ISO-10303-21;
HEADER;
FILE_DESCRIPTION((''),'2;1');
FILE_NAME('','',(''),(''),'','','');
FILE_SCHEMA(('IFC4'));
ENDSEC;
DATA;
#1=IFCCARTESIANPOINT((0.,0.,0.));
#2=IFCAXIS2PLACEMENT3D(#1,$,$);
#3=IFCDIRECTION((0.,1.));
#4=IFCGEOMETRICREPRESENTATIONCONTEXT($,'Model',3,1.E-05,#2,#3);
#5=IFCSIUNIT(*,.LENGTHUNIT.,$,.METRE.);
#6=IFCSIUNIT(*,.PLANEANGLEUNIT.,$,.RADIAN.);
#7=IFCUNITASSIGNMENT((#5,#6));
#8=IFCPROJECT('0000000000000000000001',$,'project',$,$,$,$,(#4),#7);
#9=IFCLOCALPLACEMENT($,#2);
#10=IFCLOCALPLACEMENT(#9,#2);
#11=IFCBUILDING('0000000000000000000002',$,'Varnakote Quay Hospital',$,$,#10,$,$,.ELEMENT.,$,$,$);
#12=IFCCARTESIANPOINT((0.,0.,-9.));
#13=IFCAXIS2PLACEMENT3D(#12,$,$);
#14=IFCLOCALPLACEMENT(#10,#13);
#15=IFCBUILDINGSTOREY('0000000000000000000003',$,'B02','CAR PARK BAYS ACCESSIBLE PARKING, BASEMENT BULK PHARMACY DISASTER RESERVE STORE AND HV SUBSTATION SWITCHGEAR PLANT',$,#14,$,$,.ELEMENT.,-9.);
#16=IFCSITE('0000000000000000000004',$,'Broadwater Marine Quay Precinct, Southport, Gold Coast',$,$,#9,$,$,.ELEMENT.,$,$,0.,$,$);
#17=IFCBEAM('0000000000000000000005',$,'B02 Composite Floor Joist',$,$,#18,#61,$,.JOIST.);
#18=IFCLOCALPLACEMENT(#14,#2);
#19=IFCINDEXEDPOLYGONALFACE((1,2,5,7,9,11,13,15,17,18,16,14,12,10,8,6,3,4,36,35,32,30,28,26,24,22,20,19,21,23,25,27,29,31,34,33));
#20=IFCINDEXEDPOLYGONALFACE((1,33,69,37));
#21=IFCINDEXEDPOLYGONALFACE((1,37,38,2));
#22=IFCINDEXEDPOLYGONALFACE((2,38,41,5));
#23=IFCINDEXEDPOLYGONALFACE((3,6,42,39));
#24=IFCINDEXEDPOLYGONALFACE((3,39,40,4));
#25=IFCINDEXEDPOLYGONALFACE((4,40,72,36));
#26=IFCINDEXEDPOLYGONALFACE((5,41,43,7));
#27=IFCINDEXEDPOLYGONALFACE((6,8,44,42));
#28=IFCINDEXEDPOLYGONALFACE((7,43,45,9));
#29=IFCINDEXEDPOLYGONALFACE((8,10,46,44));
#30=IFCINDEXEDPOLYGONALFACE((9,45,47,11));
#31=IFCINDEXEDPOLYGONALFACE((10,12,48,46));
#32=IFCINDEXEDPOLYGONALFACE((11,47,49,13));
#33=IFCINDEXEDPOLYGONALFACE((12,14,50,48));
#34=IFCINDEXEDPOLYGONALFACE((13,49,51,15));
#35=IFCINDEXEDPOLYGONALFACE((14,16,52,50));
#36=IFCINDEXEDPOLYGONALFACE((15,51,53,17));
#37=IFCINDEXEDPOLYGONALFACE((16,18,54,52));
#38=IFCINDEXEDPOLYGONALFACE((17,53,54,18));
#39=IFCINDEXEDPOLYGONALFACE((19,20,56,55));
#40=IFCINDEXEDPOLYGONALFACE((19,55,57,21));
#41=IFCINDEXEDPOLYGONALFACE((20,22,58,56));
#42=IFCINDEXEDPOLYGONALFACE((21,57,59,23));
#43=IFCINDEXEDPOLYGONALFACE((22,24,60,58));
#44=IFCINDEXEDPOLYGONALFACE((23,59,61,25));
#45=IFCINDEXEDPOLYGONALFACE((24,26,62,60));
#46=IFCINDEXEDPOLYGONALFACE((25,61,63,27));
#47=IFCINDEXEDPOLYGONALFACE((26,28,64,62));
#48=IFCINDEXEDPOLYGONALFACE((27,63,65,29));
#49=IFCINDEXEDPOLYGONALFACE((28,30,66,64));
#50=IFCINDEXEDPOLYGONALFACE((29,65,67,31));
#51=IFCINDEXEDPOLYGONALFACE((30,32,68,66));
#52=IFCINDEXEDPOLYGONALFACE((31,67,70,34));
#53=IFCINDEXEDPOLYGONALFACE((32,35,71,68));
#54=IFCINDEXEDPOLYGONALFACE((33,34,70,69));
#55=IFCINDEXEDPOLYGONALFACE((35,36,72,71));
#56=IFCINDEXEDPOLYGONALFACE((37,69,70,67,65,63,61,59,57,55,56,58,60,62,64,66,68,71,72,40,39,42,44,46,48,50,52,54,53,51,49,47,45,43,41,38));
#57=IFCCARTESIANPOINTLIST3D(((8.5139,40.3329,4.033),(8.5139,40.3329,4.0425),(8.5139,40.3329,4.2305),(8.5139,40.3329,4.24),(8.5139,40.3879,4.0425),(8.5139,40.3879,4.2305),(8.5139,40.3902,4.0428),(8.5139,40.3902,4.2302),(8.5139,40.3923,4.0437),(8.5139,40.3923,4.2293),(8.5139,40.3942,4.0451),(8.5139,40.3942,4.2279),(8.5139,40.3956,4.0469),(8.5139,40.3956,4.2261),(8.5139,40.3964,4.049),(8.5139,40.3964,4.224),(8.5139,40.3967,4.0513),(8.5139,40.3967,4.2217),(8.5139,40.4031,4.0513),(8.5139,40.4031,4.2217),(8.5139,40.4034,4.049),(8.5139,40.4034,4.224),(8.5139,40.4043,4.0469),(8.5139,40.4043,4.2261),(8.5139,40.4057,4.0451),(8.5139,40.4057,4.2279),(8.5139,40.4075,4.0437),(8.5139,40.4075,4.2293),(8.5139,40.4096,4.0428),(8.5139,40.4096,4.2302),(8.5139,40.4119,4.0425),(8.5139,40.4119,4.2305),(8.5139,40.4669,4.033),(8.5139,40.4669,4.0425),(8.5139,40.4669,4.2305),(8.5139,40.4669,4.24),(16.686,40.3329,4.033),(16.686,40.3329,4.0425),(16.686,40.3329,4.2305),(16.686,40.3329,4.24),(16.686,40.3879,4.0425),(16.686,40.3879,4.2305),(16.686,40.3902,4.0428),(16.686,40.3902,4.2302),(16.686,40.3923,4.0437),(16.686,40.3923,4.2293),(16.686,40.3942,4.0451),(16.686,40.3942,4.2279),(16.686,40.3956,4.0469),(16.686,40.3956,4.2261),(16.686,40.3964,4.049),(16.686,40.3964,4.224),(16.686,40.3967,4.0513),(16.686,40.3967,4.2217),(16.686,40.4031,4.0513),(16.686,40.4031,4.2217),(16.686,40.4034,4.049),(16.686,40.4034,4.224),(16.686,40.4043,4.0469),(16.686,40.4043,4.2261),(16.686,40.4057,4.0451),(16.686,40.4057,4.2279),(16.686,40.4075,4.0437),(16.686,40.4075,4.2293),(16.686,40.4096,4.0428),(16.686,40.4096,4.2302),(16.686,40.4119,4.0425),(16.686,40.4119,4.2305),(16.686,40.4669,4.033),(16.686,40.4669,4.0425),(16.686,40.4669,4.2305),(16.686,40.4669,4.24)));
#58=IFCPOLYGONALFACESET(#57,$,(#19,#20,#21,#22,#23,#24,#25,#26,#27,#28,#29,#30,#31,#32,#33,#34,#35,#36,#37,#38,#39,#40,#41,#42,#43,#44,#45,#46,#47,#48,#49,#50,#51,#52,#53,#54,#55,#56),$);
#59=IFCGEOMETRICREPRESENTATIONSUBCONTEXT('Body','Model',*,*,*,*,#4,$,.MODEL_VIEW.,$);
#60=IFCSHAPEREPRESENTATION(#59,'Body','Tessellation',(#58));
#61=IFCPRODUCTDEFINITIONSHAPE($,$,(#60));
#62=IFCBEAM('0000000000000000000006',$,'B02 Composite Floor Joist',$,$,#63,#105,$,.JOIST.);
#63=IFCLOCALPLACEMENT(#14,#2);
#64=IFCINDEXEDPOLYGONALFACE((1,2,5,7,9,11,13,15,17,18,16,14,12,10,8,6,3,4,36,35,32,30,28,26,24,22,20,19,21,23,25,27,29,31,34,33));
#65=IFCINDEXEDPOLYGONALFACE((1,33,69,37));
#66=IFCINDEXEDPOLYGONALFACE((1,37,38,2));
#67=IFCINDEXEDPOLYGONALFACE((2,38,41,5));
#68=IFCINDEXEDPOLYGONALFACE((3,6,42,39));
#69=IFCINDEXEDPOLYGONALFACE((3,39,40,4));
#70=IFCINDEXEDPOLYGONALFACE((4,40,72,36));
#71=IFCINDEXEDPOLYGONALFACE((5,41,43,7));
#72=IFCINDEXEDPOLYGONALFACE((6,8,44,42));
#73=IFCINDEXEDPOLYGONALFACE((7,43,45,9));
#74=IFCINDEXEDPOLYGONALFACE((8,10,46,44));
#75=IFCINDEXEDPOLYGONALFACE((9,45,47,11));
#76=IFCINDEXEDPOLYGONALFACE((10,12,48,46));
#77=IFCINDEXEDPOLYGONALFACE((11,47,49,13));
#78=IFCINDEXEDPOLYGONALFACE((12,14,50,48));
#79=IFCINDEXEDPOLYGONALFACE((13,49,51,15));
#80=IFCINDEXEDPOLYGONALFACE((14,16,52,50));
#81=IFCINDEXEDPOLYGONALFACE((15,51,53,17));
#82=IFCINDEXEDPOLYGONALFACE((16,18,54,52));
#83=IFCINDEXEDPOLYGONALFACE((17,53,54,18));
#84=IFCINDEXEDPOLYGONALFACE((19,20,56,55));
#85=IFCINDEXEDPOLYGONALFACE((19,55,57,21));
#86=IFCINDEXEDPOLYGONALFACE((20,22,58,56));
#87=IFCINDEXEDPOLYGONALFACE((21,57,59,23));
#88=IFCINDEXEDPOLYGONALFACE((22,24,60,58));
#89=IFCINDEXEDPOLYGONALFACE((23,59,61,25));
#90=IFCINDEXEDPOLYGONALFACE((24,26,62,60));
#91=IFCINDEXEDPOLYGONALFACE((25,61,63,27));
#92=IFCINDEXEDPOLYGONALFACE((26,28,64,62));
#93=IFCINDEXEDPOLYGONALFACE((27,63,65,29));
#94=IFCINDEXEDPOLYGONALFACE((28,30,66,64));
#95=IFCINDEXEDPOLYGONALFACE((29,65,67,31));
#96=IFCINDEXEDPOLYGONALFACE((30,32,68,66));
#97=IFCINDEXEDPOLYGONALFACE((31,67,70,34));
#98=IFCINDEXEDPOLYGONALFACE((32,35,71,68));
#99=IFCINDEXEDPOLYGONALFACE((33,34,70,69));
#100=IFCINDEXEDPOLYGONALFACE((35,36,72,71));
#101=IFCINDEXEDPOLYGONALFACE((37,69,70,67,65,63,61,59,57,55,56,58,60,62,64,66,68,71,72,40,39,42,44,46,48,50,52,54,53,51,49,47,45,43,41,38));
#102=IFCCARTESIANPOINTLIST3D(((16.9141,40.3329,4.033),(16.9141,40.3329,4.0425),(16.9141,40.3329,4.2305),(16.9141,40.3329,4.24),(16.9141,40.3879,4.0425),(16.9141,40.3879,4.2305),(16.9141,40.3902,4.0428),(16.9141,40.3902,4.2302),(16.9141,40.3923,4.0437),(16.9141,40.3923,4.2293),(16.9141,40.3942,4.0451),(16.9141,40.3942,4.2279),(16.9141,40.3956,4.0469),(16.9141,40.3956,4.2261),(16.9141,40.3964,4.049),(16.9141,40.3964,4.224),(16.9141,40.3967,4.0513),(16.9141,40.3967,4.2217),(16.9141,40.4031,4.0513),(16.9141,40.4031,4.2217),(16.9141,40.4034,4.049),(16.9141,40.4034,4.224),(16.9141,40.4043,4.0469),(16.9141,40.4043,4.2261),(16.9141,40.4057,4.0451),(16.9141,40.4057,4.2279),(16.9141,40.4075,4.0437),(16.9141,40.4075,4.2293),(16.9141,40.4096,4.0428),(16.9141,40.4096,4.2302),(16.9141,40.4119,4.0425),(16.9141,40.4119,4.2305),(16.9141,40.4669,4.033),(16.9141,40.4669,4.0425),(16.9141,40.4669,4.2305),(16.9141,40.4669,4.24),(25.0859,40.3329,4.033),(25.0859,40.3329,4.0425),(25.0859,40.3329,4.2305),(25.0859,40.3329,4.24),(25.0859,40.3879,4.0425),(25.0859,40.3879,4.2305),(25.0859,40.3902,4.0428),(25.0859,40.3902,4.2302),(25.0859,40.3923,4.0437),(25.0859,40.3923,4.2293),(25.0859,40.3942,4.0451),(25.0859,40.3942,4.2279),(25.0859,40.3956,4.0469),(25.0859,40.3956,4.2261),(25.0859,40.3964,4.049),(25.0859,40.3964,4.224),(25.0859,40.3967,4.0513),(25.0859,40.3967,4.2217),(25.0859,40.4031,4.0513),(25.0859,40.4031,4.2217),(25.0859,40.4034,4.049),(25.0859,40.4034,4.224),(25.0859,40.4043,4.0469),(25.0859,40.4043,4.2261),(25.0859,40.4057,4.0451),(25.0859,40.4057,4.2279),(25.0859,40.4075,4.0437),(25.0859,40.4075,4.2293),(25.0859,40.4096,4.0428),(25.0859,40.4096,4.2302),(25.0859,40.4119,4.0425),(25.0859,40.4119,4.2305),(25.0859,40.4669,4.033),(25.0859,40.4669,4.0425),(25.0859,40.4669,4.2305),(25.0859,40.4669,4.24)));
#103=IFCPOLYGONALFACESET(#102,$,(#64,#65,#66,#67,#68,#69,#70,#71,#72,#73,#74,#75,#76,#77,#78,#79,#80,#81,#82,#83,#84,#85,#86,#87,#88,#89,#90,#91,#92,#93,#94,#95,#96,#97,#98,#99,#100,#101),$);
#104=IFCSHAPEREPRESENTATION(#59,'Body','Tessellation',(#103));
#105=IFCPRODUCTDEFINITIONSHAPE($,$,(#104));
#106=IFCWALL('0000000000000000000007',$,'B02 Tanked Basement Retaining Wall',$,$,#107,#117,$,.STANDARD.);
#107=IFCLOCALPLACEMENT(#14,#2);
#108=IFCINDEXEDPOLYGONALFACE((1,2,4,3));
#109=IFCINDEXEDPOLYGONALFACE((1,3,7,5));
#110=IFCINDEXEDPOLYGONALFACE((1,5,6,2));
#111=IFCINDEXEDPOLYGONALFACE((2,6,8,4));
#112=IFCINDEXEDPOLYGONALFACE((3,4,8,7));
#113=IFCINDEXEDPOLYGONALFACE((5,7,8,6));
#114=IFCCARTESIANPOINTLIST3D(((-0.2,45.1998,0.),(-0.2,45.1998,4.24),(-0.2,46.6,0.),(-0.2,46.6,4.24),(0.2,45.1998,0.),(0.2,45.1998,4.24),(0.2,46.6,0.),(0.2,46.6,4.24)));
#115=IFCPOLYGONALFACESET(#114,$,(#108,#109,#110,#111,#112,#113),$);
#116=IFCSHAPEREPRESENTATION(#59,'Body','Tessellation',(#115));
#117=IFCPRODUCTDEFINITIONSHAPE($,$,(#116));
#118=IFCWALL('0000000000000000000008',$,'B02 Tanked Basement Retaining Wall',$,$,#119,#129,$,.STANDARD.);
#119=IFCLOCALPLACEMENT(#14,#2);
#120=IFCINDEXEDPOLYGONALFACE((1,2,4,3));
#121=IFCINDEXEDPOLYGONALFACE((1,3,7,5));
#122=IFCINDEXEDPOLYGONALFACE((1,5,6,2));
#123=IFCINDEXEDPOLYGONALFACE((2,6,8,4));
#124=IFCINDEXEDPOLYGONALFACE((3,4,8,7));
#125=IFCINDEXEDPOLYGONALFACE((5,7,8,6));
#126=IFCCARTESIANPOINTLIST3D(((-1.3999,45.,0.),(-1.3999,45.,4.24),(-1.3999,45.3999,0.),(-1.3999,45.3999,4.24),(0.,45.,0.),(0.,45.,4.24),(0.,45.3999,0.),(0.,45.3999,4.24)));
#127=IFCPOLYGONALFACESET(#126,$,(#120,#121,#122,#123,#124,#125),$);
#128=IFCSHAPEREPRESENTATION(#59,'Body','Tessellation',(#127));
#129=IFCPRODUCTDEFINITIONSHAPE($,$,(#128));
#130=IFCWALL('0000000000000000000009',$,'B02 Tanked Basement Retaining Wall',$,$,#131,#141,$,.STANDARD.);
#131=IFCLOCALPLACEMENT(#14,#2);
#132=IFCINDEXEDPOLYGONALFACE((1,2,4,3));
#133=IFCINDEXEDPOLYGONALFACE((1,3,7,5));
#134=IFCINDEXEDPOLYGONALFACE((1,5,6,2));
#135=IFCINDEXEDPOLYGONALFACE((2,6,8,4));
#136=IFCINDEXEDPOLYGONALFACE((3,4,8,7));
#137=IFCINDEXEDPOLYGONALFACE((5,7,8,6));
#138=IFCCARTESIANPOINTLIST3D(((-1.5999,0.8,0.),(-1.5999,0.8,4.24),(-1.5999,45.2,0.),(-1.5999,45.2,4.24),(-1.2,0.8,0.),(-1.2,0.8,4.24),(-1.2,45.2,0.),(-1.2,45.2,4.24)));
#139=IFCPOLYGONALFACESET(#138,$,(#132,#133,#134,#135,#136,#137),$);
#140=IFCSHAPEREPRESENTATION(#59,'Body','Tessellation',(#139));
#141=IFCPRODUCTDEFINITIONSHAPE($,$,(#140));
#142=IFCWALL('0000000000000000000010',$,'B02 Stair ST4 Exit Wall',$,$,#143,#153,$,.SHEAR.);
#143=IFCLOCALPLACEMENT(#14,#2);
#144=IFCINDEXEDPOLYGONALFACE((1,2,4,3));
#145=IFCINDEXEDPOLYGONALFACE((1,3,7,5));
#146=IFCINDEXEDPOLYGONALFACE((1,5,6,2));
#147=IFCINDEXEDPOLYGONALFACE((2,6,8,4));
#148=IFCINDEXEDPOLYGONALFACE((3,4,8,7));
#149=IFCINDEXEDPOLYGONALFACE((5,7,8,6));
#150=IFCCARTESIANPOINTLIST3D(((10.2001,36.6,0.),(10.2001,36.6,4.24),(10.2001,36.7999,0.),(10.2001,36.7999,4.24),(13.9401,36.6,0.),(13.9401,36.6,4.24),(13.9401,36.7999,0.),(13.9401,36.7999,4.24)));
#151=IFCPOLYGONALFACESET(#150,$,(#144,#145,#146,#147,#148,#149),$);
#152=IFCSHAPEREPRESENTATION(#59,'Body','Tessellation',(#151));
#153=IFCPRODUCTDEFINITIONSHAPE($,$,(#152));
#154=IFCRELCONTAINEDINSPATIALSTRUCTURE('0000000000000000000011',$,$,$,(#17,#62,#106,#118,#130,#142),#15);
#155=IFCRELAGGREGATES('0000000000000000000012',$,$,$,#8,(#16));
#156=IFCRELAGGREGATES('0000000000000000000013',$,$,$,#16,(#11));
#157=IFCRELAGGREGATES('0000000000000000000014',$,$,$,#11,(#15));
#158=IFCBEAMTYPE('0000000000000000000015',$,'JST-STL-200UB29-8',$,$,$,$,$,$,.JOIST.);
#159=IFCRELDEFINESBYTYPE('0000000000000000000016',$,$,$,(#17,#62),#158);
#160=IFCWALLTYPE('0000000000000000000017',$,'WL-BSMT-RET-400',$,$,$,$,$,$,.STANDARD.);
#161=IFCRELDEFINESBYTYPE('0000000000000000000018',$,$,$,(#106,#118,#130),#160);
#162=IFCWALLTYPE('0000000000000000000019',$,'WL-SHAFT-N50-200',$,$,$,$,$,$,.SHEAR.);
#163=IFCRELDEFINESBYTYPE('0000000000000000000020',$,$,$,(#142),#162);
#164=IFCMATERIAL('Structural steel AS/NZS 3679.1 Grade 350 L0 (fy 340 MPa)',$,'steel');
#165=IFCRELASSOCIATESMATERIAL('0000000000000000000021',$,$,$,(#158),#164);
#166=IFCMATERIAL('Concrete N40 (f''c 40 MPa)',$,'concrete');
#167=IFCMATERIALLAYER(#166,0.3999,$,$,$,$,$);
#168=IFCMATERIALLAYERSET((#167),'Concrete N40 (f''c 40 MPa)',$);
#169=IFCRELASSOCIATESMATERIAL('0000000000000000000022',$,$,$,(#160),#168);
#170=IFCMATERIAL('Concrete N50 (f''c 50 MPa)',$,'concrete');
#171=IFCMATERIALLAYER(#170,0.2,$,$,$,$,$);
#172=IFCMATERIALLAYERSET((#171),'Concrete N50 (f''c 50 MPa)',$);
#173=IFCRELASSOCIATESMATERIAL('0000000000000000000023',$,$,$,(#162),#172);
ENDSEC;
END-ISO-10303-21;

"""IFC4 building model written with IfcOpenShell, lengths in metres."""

from ifc_helpers import new_model, si_unit, direction, frame, frame_2d, origin, origin_2d, place, context, subcontext, project, spatial, rectangle, i_section, extrude, material, layer, layer_set, material_profile, profile_set, type_object, element, save


model = new_model("IFC4")

# Units and contexts
model_context = context("Model", 3, precision=1e-05, world=origin(), true_north=direction((0.0, 1.0)))
body_context = subcontext(model_context, "Body", "Model", "MODEL_VIEW")
ifc_project = project(units=[si_unit("LENGTHUNIT", "METRE"), si_unit("PLANEANGLEUNIT", "RADIAN")], contexts=[model_context])

# Site, building, storey
site_placement = place(None, origin())
site = spatial("IfcSite", under=ifc_project, at=site_placement, Name="Broadwater Marine Quay Precinct, Southport, Gold Coast", CompositionType="ELEMENT", RefElevation=0.0)
building_placement = place(site_placement, origin())
building = spatial("IfcBuilding", under=site, at=building_placement, Name="Varnakote Quay Hospital", CompositionType="ELEMENT")
storey_placement = place(building_placement, frame((0.0, 0.0, -9.0)))
storey = spatial("IfcBuildingStorey", under=building, at=storey_placement, Name="B02", Description="CAR PARK BAYS ACCESSIBLE PARKING, BASEMENT BULK PHARMACY DISASTER RESERVE STORE AND HV SUBSTATION SWITCHGEAR PLANT", CompositionType="ELEMENT", Elevation=-9.0)

# Beams
ifc_material_1 = material(Name="Structural steel AS/NZS 3679.1 Grade 350 L0 (fy 340 MPa)", Category="steel")
ifc_material_profile_1 = material_profile(ifc_material_1, i_section(OverallWidth=0.134, OverallDepth=0.207, WebThickness=0.0063, FlangeThickness=0.0095, FilletRadius=0.0088, at=origin_2d()), Name="200UB29.8")
ifc_profile_set_1 = profile_set([ifc_material_profile_1], Name="Structural steel AS/NZS 3679.1 Grade 350 L0 (fy 340 MPa)")
beam_type_1 = type_object("IfcBeamType", Name="JST-STL-200UB29-8", PredefinedType="JOIST", material=ifc_profile_set_1)
beam_1_placement = place(storey_placement, frame((8.5139, 40.3999, 4.1365), z_axis=(1.0, 0.0, 0.0), x_axis=(0.0, 1.0, 0.0)))
element("IfcBeam", 1, at=beam_1_placement, inside=storey, type_object=beam_type_1, Name="B02 Composite Floor Joist", PredefinedType="JOIST", context=body_context, shape_type="SweptSolid", body=[
    extrude(i_section(OverallWidth=0.134, OverallDepth=0.207, WebThickness=0.0063, FlangeThickness=0.0095, FilletRadius=0.0088, at=origin_2d()), origin(), (0.0, 0.0, 1.0), 8.1721),
])
beam_2_placement = place(storey_placement, frame((16.9141, 40.3999, 4.1365), z_axis=(1.0, 0.0, 0.0), x_axis=(0.0, 1.0, 0.0)))
element("IfcBeam", 2, at=beam_2_placement, inside=storey, type_object=beam_type_1, Name="B02 Composite Floor Joist", PredefinedType="JOIST", context=body_context, shape_type="SweptSolid", body=[
    extrude(i_section(OverallWidth=0.134, OverallDepth=0.207, WebThickness=0.0063, FlangeThickness=0.0095, FilletRadius=0.0088, at=origin_2d()), origin(), (0.0, 0.0, 1.0), 8.1719),
])

# Walls
ifc_material_2 = material(Name="Concrete N40 (f'c 40 MPa)", Category="concrete")
ifc_layer_1 = layer(ifc_material_2, 0.3999)
ifc_layer_set_1 = layer_set([ifc_layer_1], Name="Concrete N40 (f'c 40 MPa)")
wall_type_1 = type_object("IfcWallType", Name="WL-BSMT-RET-400", PredefinedType="STANDARD", material=ifc_layer_set_1)
wall_1_placement = place(storey_placement, frame((0.0, 46.6001, 0.0), z_axis=(0.0, 0.0, 1.0), x_axis=(0.0, -1.0, 0.0)))
element("IfcWall", 3, at=wall_1_placement, inside=storey, type_object=wall_type_1, Name="B02 Tanked Basement Retaining Wall", PredefinedType="STANDARD", context=body_context, shape_type="SweptSolid", body=[
    extrude(rectangle(XDim=1.4001, YDim=0.3999, at=frame_2d((0.7002, 0.0))), origin(), (0.0, 0.0, 1.0), 4.24),
])
wall_2_placement = place(storey_placement, frame((0.0, 45.2, 0.0), z_axis=(0.0, 0.0, 1.0), x_axis=(-1.0, 0.0, 0.0)))
element("IfcWall", 4, at=wall_2_placement, inside=storey, type_object=wall_type_1, Name="B02 Tanked Basement Retaining Wall", PredefinedType="STANDARD", context=body_context, shape_type="SweptSolid", body=[
    extrude(rectangle(XDim=1.3999, YDim=0.3999, at=frame_2d((0.7, 0.0))), origin(), (0.0, 0.0, 1.0), 4.24),
])
wall_3_placement = place(storey_placement, frame((-1.3999, 45.2, 0.0), z_axis=(0.0, 0.0, 1.0), x_axis=(0.0, -1.0, 0.0)))
element("IfcWall", 5, at=wall_3_placement, inside=storey, type_object=wall_type_1, Name="B02 Tanked Basement Retaining Wall", PredefinedType="STANDARD", context=body_context, shape_type="SweptSolid", body=[
    extrude(rectangle(XDim=44.3999, YDim=0.3999, at=frame_2d((22.2, 0.0))), origin(), (0.0, 0.0, 1.0), 4.24),
])
ifc_material_3 = material(Name="Concrete N50 (f'c 50 MPa)", Category="concrete")
ifc_layer_2 = layer(ifc_material_3, 0.2)
ifc_layer_set_2 = layer_set([ifc_layer_2], Name="Concrete N50 (f'c 50 MPa)")
wall_type_2 = type_object("IfcWallType", Name="WL-SHAFT-N50-200", PredefinedType="SHEAR", material=ifc_layer_set_2)
wall_4_placement = place(storey_placement, frame((10.2, 36.7, 0.0), z_axis=(0.0, 0.0, 1.0), x_axis=(1.0, 0.0, 0.0)))
element("IfcWall", 6, at=wall_4_placement, inside=storey, type_object=wall_type_2, Name="B02 Stair ST4 Exit Wall", PredefinedType="SHEAR", context=body_context, shape_type="SweptSolid", body=[
    extrude(rectangle(XDim=3.74, YDim=0.2, at=frame_2d((1.8701, 0.0))), origin(), (0.0, 0.0, 1.0), 4.24),
])

save(model, "model.ifc")
